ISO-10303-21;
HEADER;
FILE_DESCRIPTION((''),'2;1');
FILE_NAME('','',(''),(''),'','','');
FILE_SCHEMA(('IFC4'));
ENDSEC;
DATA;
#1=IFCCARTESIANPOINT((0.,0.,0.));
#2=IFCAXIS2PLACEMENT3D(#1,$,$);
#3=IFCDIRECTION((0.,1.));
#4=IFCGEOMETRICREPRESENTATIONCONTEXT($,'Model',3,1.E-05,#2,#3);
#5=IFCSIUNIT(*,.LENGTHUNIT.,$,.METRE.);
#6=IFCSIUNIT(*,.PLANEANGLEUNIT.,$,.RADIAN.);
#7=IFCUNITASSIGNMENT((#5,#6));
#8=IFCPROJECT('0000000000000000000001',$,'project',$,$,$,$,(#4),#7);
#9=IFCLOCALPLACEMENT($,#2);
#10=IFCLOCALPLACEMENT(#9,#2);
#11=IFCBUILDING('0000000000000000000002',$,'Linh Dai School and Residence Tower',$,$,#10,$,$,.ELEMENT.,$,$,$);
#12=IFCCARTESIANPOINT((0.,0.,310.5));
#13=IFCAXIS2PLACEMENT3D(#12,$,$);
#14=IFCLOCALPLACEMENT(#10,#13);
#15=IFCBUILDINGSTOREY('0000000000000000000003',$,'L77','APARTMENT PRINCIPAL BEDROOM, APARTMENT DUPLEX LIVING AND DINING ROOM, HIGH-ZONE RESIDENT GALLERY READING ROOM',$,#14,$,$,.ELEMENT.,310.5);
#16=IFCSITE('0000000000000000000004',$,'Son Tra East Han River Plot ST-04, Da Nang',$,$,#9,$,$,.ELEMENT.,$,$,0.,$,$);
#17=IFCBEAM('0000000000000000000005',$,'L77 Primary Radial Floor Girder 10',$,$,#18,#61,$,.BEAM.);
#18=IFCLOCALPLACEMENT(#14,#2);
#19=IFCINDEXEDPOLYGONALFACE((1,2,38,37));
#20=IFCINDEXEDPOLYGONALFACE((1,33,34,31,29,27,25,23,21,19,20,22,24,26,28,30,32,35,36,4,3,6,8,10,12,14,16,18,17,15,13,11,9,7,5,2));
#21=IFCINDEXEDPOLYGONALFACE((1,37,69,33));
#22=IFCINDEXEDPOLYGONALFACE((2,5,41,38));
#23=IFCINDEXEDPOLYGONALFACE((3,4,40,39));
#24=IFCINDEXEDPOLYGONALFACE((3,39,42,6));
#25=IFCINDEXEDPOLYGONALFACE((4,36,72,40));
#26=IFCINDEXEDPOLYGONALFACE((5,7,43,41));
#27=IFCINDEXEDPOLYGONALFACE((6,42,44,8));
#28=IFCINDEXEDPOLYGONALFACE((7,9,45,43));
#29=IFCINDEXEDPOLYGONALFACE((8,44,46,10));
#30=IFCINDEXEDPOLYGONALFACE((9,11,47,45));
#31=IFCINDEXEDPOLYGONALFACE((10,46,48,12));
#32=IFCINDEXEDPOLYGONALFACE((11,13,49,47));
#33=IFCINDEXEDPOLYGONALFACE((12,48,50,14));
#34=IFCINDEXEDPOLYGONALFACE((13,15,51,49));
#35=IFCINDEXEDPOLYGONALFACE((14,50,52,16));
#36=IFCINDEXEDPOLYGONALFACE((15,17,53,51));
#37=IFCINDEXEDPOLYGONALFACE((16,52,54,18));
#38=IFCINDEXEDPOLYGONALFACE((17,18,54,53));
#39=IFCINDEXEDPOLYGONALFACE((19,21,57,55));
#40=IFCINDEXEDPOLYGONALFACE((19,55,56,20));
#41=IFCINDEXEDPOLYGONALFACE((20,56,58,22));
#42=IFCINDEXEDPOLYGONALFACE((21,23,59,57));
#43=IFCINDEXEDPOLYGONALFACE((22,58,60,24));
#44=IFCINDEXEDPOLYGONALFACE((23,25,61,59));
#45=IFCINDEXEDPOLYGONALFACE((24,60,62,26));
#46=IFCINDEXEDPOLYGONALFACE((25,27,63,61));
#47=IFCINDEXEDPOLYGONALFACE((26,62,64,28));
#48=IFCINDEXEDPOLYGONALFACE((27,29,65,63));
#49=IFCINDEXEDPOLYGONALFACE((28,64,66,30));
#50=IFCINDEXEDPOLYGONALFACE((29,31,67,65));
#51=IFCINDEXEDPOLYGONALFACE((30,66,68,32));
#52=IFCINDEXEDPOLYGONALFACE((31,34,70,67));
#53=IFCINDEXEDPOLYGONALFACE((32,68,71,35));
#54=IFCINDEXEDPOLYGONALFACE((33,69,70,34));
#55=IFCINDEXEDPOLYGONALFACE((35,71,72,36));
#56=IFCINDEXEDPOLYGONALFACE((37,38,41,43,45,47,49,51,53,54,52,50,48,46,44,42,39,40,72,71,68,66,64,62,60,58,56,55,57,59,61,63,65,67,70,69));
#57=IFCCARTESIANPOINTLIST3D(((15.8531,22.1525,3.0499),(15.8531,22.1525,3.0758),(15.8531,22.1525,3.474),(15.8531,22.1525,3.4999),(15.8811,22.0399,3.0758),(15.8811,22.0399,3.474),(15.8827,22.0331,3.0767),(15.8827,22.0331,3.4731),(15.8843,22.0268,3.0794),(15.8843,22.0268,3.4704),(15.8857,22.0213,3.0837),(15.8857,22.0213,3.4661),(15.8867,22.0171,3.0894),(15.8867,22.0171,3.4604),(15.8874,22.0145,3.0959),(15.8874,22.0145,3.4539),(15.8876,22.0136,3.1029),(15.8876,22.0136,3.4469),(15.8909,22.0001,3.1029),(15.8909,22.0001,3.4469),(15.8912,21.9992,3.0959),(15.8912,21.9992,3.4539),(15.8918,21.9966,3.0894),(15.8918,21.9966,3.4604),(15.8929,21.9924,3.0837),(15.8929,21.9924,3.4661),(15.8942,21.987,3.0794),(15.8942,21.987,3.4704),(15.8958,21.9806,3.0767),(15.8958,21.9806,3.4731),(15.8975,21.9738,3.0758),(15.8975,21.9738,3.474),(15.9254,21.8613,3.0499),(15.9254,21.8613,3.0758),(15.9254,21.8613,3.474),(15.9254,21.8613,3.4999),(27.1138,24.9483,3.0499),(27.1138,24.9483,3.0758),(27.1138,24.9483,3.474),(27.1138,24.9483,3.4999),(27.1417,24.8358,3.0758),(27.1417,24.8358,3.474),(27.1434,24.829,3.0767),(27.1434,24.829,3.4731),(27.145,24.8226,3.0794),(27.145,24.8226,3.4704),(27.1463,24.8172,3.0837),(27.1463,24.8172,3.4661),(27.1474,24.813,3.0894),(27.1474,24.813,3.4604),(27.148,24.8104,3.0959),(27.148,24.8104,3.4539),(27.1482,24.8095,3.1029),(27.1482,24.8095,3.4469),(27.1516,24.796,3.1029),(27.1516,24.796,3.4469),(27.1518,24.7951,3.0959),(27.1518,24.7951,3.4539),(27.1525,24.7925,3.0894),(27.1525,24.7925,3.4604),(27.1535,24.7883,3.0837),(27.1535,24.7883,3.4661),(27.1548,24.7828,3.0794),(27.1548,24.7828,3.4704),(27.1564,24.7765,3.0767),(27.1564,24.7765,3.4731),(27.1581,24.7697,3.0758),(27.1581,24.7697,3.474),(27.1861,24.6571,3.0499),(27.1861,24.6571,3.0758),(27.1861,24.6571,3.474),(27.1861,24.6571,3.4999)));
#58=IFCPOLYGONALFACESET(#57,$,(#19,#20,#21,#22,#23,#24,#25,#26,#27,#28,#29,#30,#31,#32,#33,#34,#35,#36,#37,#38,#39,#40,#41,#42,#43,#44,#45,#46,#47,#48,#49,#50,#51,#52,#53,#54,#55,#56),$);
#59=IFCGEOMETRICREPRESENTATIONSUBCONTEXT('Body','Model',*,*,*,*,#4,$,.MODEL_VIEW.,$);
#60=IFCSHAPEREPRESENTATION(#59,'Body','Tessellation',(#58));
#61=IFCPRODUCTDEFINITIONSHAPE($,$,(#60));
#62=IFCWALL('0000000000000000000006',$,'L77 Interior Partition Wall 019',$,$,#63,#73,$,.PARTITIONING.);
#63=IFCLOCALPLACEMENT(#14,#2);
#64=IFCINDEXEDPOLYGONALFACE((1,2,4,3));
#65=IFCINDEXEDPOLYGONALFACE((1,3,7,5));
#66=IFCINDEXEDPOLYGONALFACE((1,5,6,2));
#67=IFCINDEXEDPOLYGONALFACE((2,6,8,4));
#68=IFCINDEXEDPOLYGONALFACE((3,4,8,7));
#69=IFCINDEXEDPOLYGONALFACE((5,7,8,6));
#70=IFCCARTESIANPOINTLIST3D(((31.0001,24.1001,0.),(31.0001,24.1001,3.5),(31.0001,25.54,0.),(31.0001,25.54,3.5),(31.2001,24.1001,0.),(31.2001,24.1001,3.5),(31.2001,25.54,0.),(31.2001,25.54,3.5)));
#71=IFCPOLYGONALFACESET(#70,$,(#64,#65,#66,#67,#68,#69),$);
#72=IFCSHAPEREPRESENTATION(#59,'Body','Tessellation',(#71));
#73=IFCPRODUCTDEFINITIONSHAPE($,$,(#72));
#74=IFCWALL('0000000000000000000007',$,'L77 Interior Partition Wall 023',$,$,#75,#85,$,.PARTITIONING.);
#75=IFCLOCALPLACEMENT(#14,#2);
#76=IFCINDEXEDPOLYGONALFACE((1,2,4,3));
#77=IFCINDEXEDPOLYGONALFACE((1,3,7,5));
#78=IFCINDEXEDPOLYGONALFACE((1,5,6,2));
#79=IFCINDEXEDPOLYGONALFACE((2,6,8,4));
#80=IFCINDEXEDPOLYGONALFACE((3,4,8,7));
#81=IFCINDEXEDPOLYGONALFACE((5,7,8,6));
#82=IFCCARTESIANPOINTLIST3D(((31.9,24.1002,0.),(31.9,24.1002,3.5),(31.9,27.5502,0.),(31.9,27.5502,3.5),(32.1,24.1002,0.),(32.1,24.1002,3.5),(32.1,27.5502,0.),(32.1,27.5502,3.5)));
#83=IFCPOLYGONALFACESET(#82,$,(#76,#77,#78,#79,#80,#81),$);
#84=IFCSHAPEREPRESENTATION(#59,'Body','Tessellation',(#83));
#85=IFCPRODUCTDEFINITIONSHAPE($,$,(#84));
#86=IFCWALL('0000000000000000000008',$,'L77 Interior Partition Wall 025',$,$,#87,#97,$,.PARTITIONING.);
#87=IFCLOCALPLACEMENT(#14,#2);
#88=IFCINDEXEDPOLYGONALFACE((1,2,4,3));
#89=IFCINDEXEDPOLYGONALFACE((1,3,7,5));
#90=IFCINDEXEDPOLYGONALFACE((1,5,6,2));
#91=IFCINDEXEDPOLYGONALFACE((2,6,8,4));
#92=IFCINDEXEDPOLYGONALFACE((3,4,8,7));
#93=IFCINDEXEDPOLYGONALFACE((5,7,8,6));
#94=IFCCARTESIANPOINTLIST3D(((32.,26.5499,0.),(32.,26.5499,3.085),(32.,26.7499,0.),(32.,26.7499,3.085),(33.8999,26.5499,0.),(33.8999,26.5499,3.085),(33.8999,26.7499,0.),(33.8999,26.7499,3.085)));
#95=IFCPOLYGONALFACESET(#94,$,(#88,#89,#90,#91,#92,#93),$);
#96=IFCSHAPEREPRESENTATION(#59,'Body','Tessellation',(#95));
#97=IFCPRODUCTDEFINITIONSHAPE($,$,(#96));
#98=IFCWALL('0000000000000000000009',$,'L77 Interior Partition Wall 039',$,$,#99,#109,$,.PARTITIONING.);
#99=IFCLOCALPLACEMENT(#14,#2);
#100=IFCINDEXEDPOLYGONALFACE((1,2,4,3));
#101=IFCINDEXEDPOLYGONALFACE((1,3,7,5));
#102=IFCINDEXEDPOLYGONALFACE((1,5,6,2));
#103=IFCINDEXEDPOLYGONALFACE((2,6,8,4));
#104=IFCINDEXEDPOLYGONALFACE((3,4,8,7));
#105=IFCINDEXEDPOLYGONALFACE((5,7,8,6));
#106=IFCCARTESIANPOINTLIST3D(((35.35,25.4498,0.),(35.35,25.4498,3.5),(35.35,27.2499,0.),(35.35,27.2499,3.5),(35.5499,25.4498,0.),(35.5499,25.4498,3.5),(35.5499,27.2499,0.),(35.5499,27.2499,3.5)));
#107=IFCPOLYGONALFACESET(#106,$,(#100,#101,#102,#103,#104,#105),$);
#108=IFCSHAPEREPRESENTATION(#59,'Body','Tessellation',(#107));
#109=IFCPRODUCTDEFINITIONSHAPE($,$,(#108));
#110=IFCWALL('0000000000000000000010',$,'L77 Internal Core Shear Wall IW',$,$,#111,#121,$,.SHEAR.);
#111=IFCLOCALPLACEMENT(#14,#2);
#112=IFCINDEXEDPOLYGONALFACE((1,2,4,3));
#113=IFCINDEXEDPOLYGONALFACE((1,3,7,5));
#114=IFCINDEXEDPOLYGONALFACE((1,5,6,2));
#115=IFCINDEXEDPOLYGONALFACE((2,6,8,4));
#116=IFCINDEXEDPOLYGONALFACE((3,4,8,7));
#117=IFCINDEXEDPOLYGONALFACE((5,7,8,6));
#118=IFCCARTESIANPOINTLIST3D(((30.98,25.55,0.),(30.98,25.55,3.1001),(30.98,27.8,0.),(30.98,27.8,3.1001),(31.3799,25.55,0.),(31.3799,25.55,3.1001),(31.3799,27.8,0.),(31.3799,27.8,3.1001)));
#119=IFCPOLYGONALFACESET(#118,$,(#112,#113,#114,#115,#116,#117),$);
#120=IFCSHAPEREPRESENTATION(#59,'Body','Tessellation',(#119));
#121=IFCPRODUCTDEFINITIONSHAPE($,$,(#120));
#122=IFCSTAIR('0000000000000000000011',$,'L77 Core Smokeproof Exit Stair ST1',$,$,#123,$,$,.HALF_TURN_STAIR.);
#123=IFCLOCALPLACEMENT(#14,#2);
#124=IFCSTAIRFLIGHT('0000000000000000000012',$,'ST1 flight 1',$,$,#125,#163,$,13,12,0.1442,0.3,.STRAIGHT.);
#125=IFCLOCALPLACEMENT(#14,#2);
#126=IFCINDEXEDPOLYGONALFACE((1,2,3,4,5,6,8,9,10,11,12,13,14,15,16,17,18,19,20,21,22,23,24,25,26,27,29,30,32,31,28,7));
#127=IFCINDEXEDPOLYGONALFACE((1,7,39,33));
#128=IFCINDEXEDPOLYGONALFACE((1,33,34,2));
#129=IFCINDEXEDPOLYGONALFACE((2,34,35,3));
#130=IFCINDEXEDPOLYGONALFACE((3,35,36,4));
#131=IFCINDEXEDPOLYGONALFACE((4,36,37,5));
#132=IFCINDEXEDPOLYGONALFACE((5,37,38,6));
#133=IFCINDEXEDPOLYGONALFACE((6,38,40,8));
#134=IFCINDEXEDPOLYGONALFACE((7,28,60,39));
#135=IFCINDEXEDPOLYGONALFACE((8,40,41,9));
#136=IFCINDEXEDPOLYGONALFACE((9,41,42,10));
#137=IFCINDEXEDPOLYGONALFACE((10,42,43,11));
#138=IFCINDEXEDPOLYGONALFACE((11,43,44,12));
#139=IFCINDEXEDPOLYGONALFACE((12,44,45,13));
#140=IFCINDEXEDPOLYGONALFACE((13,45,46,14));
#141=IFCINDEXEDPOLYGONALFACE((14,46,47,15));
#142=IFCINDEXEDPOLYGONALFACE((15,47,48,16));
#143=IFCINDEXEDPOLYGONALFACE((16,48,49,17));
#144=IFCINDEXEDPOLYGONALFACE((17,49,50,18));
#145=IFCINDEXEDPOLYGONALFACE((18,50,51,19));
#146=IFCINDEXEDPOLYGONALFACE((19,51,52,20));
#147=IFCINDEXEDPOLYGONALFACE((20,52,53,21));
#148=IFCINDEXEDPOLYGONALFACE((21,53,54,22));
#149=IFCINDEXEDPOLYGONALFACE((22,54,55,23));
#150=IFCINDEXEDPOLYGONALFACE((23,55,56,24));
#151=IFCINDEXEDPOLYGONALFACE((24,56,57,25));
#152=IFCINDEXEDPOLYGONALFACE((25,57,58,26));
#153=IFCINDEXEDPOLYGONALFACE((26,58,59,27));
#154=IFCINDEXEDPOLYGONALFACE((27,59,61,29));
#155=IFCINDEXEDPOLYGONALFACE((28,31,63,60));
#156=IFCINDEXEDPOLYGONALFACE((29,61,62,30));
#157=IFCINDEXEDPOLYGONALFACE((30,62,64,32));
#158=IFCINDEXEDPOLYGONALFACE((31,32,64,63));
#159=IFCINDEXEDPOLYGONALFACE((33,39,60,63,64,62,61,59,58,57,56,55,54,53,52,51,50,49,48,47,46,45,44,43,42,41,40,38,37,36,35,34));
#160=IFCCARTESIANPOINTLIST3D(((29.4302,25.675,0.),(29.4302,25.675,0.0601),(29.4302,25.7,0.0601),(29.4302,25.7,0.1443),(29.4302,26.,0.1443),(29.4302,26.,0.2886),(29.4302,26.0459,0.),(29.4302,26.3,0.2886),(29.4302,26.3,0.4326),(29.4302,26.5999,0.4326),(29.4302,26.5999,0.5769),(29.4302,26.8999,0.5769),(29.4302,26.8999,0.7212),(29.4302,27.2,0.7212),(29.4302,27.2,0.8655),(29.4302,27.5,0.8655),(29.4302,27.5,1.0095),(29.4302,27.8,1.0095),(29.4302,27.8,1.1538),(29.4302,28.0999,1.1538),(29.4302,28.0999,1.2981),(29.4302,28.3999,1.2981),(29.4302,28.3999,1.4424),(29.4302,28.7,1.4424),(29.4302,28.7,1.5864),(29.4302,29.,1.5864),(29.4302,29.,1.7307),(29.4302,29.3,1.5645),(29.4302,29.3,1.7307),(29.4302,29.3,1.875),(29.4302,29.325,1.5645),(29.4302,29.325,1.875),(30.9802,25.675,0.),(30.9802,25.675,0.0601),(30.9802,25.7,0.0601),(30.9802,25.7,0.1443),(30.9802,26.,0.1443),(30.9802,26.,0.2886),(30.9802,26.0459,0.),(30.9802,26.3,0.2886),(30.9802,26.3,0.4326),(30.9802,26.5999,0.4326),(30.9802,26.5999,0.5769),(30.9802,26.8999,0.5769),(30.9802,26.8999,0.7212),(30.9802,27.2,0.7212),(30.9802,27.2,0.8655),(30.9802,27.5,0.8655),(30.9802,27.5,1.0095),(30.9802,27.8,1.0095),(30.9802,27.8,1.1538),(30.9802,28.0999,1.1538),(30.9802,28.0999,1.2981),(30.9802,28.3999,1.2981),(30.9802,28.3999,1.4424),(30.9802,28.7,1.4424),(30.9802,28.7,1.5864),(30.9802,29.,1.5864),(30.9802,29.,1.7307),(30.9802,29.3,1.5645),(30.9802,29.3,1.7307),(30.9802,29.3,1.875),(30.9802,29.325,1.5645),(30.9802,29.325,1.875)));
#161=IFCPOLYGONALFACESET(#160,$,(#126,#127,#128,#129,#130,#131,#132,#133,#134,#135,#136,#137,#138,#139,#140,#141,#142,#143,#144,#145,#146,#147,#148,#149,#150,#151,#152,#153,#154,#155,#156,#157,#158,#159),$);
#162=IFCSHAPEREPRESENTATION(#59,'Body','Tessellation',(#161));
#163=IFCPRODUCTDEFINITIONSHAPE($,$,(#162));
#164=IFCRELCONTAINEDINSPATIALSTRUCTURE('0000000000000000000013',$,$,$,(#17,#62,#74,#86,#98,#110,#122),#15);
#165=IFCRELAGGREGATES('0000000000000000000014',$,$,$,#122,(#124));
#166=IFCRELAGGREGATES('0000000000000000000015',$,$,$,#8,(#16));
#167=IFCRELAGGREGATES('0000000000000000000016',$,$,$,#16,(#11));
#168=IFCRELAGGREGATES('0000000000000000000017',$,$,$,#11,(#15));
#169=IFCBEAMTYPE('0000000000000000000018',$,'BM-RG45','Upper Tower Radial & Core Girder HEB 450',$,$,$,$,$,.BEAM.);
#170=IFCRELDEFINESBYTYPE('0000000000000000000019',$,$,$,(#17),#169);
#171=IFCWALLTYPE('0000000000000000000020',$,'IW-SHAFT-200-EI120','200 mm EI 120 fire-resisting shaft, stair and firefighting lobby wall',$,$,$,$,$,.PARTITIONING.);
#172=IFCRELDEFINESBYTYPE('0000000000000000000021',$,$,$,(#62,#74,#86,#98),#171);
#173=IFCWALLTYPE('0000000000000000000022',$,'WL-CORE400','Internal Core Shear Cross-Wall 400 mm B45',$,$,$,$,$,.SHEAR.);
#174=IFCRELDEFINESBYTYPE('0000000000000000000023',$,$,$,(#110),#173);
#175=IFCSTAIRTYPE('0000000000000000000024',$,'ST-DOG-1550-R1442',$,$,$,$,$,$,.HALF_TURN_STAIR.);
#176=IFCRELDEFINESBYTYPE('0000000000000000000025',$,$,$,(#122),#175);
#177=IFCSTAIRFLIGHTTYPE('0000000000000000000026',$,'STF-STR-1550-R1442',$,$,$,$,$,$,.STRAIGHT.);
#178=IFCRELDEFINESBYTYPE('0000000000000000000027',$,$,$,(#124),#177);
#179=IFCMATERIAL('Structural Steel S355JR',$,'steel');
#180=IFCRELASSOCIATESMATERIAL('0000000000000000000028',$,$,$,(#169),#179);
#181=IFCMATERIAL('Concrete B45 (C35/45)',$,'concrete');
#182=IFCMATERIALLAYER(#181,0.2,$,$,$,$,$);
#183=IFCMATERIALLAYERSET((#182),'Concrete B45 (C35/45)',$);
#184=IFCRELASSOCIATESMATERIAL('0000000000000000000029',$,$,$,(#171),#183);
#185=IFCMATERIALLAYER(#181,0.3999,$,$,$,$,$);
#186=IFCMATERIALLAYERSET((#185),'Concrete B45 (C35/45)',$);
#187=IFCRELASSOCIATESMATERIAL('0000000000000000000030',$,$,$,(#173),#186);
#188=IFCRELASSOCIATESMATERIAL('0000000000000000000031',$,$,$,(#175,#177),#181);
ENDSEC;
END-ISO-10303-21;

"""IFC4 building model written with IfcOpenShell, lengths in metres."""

from ifc_helpers import new_model, si_unit, direction, frame, frame_2d, origin, origin_2d, place, context, subcontext, project, spatial, polyline, rectangle, i_section, outline, extrude, source, transform, mapped, material, layer, layer_set, material_profile, profile_set, type_object, element, aggregate, save


model = new_model("IFC4")

# Units and contexts
model_context = context("Model", 3, precision=1e-05, world=origin(), true_north=direction((0.0, 1.0)))
body_context = subcontext(model_context, "Body", "Model", "MODEL_VIEW")
ifc_project = project(units=[si_unit("LENGTHUNIT", "METRE"), si_unit("PLANEANGLEUNIT", "RADIAN")], contexts=[model_context])

# Site, building, storey
site_placement = place(None, origin())
site = spatial("IfcSite", under=ifc_project, at=site_placement, Name="Son Tra East Han River Plot ST-04, Da Nang", CompositionType="ELEMENT", RefElevation=0.0)
building_placement = place(site_placement, origin())
building = spatial("IfcBuilding", under=site, at=building_placement, Name="Linh Dai School and Residence Tower", CompositionType="ELEMENT")
storey_placement = place(building_placement, frame((0.0, 0.0, 310.5)))
storey = spatial("IfcBuildingStorey", under=building, at=storey_placement, Name="L77", Description="APARTMENT PRINCIPAL BEDROOM, APARTMENT DUPLEX LIVING AND DINING ROOM, HIGH-ZONE RESIDENT GALLERY READING ROOM", CompositionType="ELEMENT", Elevation=310.5)

# Shared definitions
ifc_material_1 = material(Name="Structural Steel S355JR", Category="steel")

# Beam
ifc_material_profile_1 = material_profile(ifc_material_1, i_section(OverallWidth=0.3, OverallDepth=0.45, WebThickness=0.0139, FlangeThickness=0.0259, FilletRadius=0.0271, at=origin_2d()), Name="HEB 450")
ifc_profile_set_1 = profile_set([ifc_material_profile_1], Name="Structural Steel S355JR")
beam_type = type_object("IfcBeamType", Name="BM-RG45", Description="Upper Tower Radial & Core Girder HEB 450", PredefinedType="BEAM", material=ifc_profile_set_1)
beam_placement = place(storey_placement, frame((27.1499, 24.8027, 3.2749), z_axis=(-0.970532, -0.240971, 0.0), x_axis=(0.240971, -0.970532, 0.0)))
element("IfcBeam", 1, at=beam_placement, inside=storey, type_object=beam_type, Name="L77 Primary Radial Floor Girder 10", PredefinedType="BEAM", context=body_context, shape_type="SweptSolid", body=[
    extrude(i_section(OverallWidth=0.3, OverallDepth=0.45, WebThickness=0.0139, FlangeThickness=0.0259, FilletRadius=0.0271, at=origin_2d()), origin(), (0.0, 0.0, 1.0), 11.6025),
])

# Shared definitions
ifc_material_2 = material(Name="Concrete B45 (C35/45)", Category="concrete")
ifc_layer_1 = layer(ifc_material_2, 0.2)
ifc_layer_set_1 = layer_set([ifc_layer_1], Name="Concrete B45 (C35/45)")
wall_type_1 = type_object("IfcWallType", Name="IW-SHAFT-200-EI120", Description="200 mm EI 120 fire-resisting shaft, stair and firefighting lobby wall", PredefinedType="PARTITIONING", material=ifc_layer_set_1)

# Walls
wall_1_placement = place(storey_placement, frame((31.1001, 24.1001, 0.0), z_axis=(0.0, 0.0, 1.0), x_axis=(0.0, 1.0, 0.0)))
element("IfcWall", 2, at=wall_1_placement, inside=storey, type_object=wall_type_1, Name="L77 Interior Partition Wall 019", PredefinedType="PARTITIONING", context=body_context, shape_type="SweptSolid", body=[
    extrude(rectangle(XDim=1.4399, YDim=0.2, at=frame_2d((0.72, 0.0))), origin(), (0.0, 0.0, 1.0), 3.5),
])
wall_2_placement = place(storey_placement, frame((32.0, 24.1001, 0.0), z_axis=(0.0, 0.0, 1.0), x_axis=(0.0, 1.0, 0.0)))
element("IfcWall", 3, at=wall_2_placement, inside=storey, type_object=wall_type_1, Name="L77 Interior Partition Wall 023", PredefinedType="PARTITIONING", context=body_context, shape_type="SweptSolid", body=[
    extrude(rectangle(XDim=3.45, YDim=0.2, at=frame_2d((1.7251, 0.0))), origin(), (0.0, 0.0, 1.0), 3.5),
])

# Walls
wall_3_placement = place(storey_placement, frame((32.0, 26.6499, 0.0), z_axis=(0.0, 0.0, 1.0), x_axis=(1.0, 0.0, 0.0)))
element("IfcWall", 4, at=wall_3_placement, inside=storey, type_object=wall_type_1, Name="L77 Interior Partition Wall 025", PredefinedType="PARTITIONING", context=body_context, shape_type="SweptSolid", body=[
    extrude(rectangle(XDim=1.8999, YDim=0.2, at=frame_2d((0.95, 0.0))), origin(), (0.0, 0.0, 1.0), 3.085),
])
wall_4_placement = place(storey_placement, frame((35.45, 25.45, 0.0), z_axis=(0.0, 0.0, 1.0), x_axis=(0.0, 1.0, 0.0)))
element("IfcWall", 5, at=wall_4_placement, inside=storey, type_object=wall_type_1, Name="L77 Interior Partition Wall 039", PredefinedType="PARTITIONING", context=body_context, shape_type="SweptSolid", body=[
    extrude(rectangle(XDim=1.8, YDim=0.2, at=frame_2d((0.8999, 0.0))), origin(), (0.0, 0.0, 1.0), 3.5),
])

# Wall
ifc_layer_2 = layer(ifc_material_2, 0.3999)
ifc_layer_set_2 = layer_set([ifc_layer_2], Name="Concrete B45 (C35/45)")
wall_type_2 = type_object("IfcWallType", Name="WL-CORE400", Description="Internal Core Shear Cross-Wall 400 mm B45", PredefinedType="SHEAR", material=ifc_layer_set_2)
wall_5_placement = place(storey_placement, frame((31.1799, 25.55, 0.0), z_axis=(0.0, 0.0, 1.0), x_axis=(0.0, 1.0, 0.0)))
element("IfcWall", 6, at=wall_5_placement, inside=storey, type_object=wall_type_2, Name="L77 Internal Core Shear Wall IW", PredefinedType="SHEAR", context=body_context, shape_type="SweptSolid", body=[
    extrude(rectangle(XDim=2.25, YDim=0.3999, at=frame_2d((1.125, 0.0))), origin(), (0.0, 0.0, 1.0), 3.1001),
])

# Stair, stair flight
stair_type = type_object("IfcStairType", Name="ST-DOG-1550-R1442", PredefinedType="HALF_TURN_STAIR", material=ifc_material_2)
stair_placement = place(storey_placement, origin())
stair = element("IfcStair", 7, at=stair_placement, inside=storey, type_object=stair_type, Name="L77 Core Smokeproof Exit Stair ST1", PredefinedType="HALF_TURN_STAIR")
stair_flight_type = type_object("IfcStairFlightType", Name="STF-STR-1550-R1442", PredefinedType="STRAIGHT", material=ifc_material_2)
shared_shape_1 = source(origin(), body_context, "Body", "SweptSolid", [
    extrude(outline(polyline([(-0.0249, 0.0), (-0.0249, 0.0601), (0.0, 0.0601), (0.0, 0.1443), (0.3, 0.1443), (0.3, 0.2886), (0.6001, 0.2886), (0.6001, 0.4326), (0.8999, 0.4326), (0.8999, 0.5769), (1.2, 0.5769), (1.2, 0.7212), (1.5, 0.7212), (1.5, 0.8655), (1.8, 0.8655), (1.8, 1.0095), (2.1001, 1.0095), (2.1001, 1.1538), (2.3999, 1.1538), (2.3999, 1.2981), (2.7, 1.2981), (2.7, 1.4424), (3.0, 1.4424), (3.0, 1.5864), (3.3, 1.5864), (3.3, 1.7307), (3.6001, 1.7307), (3.6001, 1.875), (3.625, 1.875), (3.625, 1.5645), (3.6001, 1.5645), (0.3459, 0.0), (-0.0249, 0.0)])), frame((0.0, 0.7749, 0.0), z_axis=(0.0, -1.0, 0.0), x_axis=(1.0, 0.0, 0.0)), (0.0, 0.0, 1.0), 1.55),
])
stair_flight_placement = place(storey_placement, frame((30.2051, 25.7, 0.0), z_axis=(0.0, 0.0, 1.0), x_axis=(0.0, 1.0, 0.0)))
stair_flight = element("IfcStairFlight", 8, at=stair_flight_placement, type_object=stair_flight_type, Name="ST1 flight 1", NumberOfRisers=13, NumberOfTreads=12, PredefinedType="STRAIGHT", RiserHeight=0.1442, TreadLength=0.3, context=body_context, shape_type="MappedRepresentation", body=[
    mapped(shared_shape_1, transform((0.0, 0.0, 0.0), x_axis=(1.0, 0.0, 0.0), y_axis=(0.0, 1.0, 0.0), z_axis=(0.0, 0.0, 1.0), scale=1.0)),
])
aggregate(stair, [stair_flight])

save(model, "model.ifc")
